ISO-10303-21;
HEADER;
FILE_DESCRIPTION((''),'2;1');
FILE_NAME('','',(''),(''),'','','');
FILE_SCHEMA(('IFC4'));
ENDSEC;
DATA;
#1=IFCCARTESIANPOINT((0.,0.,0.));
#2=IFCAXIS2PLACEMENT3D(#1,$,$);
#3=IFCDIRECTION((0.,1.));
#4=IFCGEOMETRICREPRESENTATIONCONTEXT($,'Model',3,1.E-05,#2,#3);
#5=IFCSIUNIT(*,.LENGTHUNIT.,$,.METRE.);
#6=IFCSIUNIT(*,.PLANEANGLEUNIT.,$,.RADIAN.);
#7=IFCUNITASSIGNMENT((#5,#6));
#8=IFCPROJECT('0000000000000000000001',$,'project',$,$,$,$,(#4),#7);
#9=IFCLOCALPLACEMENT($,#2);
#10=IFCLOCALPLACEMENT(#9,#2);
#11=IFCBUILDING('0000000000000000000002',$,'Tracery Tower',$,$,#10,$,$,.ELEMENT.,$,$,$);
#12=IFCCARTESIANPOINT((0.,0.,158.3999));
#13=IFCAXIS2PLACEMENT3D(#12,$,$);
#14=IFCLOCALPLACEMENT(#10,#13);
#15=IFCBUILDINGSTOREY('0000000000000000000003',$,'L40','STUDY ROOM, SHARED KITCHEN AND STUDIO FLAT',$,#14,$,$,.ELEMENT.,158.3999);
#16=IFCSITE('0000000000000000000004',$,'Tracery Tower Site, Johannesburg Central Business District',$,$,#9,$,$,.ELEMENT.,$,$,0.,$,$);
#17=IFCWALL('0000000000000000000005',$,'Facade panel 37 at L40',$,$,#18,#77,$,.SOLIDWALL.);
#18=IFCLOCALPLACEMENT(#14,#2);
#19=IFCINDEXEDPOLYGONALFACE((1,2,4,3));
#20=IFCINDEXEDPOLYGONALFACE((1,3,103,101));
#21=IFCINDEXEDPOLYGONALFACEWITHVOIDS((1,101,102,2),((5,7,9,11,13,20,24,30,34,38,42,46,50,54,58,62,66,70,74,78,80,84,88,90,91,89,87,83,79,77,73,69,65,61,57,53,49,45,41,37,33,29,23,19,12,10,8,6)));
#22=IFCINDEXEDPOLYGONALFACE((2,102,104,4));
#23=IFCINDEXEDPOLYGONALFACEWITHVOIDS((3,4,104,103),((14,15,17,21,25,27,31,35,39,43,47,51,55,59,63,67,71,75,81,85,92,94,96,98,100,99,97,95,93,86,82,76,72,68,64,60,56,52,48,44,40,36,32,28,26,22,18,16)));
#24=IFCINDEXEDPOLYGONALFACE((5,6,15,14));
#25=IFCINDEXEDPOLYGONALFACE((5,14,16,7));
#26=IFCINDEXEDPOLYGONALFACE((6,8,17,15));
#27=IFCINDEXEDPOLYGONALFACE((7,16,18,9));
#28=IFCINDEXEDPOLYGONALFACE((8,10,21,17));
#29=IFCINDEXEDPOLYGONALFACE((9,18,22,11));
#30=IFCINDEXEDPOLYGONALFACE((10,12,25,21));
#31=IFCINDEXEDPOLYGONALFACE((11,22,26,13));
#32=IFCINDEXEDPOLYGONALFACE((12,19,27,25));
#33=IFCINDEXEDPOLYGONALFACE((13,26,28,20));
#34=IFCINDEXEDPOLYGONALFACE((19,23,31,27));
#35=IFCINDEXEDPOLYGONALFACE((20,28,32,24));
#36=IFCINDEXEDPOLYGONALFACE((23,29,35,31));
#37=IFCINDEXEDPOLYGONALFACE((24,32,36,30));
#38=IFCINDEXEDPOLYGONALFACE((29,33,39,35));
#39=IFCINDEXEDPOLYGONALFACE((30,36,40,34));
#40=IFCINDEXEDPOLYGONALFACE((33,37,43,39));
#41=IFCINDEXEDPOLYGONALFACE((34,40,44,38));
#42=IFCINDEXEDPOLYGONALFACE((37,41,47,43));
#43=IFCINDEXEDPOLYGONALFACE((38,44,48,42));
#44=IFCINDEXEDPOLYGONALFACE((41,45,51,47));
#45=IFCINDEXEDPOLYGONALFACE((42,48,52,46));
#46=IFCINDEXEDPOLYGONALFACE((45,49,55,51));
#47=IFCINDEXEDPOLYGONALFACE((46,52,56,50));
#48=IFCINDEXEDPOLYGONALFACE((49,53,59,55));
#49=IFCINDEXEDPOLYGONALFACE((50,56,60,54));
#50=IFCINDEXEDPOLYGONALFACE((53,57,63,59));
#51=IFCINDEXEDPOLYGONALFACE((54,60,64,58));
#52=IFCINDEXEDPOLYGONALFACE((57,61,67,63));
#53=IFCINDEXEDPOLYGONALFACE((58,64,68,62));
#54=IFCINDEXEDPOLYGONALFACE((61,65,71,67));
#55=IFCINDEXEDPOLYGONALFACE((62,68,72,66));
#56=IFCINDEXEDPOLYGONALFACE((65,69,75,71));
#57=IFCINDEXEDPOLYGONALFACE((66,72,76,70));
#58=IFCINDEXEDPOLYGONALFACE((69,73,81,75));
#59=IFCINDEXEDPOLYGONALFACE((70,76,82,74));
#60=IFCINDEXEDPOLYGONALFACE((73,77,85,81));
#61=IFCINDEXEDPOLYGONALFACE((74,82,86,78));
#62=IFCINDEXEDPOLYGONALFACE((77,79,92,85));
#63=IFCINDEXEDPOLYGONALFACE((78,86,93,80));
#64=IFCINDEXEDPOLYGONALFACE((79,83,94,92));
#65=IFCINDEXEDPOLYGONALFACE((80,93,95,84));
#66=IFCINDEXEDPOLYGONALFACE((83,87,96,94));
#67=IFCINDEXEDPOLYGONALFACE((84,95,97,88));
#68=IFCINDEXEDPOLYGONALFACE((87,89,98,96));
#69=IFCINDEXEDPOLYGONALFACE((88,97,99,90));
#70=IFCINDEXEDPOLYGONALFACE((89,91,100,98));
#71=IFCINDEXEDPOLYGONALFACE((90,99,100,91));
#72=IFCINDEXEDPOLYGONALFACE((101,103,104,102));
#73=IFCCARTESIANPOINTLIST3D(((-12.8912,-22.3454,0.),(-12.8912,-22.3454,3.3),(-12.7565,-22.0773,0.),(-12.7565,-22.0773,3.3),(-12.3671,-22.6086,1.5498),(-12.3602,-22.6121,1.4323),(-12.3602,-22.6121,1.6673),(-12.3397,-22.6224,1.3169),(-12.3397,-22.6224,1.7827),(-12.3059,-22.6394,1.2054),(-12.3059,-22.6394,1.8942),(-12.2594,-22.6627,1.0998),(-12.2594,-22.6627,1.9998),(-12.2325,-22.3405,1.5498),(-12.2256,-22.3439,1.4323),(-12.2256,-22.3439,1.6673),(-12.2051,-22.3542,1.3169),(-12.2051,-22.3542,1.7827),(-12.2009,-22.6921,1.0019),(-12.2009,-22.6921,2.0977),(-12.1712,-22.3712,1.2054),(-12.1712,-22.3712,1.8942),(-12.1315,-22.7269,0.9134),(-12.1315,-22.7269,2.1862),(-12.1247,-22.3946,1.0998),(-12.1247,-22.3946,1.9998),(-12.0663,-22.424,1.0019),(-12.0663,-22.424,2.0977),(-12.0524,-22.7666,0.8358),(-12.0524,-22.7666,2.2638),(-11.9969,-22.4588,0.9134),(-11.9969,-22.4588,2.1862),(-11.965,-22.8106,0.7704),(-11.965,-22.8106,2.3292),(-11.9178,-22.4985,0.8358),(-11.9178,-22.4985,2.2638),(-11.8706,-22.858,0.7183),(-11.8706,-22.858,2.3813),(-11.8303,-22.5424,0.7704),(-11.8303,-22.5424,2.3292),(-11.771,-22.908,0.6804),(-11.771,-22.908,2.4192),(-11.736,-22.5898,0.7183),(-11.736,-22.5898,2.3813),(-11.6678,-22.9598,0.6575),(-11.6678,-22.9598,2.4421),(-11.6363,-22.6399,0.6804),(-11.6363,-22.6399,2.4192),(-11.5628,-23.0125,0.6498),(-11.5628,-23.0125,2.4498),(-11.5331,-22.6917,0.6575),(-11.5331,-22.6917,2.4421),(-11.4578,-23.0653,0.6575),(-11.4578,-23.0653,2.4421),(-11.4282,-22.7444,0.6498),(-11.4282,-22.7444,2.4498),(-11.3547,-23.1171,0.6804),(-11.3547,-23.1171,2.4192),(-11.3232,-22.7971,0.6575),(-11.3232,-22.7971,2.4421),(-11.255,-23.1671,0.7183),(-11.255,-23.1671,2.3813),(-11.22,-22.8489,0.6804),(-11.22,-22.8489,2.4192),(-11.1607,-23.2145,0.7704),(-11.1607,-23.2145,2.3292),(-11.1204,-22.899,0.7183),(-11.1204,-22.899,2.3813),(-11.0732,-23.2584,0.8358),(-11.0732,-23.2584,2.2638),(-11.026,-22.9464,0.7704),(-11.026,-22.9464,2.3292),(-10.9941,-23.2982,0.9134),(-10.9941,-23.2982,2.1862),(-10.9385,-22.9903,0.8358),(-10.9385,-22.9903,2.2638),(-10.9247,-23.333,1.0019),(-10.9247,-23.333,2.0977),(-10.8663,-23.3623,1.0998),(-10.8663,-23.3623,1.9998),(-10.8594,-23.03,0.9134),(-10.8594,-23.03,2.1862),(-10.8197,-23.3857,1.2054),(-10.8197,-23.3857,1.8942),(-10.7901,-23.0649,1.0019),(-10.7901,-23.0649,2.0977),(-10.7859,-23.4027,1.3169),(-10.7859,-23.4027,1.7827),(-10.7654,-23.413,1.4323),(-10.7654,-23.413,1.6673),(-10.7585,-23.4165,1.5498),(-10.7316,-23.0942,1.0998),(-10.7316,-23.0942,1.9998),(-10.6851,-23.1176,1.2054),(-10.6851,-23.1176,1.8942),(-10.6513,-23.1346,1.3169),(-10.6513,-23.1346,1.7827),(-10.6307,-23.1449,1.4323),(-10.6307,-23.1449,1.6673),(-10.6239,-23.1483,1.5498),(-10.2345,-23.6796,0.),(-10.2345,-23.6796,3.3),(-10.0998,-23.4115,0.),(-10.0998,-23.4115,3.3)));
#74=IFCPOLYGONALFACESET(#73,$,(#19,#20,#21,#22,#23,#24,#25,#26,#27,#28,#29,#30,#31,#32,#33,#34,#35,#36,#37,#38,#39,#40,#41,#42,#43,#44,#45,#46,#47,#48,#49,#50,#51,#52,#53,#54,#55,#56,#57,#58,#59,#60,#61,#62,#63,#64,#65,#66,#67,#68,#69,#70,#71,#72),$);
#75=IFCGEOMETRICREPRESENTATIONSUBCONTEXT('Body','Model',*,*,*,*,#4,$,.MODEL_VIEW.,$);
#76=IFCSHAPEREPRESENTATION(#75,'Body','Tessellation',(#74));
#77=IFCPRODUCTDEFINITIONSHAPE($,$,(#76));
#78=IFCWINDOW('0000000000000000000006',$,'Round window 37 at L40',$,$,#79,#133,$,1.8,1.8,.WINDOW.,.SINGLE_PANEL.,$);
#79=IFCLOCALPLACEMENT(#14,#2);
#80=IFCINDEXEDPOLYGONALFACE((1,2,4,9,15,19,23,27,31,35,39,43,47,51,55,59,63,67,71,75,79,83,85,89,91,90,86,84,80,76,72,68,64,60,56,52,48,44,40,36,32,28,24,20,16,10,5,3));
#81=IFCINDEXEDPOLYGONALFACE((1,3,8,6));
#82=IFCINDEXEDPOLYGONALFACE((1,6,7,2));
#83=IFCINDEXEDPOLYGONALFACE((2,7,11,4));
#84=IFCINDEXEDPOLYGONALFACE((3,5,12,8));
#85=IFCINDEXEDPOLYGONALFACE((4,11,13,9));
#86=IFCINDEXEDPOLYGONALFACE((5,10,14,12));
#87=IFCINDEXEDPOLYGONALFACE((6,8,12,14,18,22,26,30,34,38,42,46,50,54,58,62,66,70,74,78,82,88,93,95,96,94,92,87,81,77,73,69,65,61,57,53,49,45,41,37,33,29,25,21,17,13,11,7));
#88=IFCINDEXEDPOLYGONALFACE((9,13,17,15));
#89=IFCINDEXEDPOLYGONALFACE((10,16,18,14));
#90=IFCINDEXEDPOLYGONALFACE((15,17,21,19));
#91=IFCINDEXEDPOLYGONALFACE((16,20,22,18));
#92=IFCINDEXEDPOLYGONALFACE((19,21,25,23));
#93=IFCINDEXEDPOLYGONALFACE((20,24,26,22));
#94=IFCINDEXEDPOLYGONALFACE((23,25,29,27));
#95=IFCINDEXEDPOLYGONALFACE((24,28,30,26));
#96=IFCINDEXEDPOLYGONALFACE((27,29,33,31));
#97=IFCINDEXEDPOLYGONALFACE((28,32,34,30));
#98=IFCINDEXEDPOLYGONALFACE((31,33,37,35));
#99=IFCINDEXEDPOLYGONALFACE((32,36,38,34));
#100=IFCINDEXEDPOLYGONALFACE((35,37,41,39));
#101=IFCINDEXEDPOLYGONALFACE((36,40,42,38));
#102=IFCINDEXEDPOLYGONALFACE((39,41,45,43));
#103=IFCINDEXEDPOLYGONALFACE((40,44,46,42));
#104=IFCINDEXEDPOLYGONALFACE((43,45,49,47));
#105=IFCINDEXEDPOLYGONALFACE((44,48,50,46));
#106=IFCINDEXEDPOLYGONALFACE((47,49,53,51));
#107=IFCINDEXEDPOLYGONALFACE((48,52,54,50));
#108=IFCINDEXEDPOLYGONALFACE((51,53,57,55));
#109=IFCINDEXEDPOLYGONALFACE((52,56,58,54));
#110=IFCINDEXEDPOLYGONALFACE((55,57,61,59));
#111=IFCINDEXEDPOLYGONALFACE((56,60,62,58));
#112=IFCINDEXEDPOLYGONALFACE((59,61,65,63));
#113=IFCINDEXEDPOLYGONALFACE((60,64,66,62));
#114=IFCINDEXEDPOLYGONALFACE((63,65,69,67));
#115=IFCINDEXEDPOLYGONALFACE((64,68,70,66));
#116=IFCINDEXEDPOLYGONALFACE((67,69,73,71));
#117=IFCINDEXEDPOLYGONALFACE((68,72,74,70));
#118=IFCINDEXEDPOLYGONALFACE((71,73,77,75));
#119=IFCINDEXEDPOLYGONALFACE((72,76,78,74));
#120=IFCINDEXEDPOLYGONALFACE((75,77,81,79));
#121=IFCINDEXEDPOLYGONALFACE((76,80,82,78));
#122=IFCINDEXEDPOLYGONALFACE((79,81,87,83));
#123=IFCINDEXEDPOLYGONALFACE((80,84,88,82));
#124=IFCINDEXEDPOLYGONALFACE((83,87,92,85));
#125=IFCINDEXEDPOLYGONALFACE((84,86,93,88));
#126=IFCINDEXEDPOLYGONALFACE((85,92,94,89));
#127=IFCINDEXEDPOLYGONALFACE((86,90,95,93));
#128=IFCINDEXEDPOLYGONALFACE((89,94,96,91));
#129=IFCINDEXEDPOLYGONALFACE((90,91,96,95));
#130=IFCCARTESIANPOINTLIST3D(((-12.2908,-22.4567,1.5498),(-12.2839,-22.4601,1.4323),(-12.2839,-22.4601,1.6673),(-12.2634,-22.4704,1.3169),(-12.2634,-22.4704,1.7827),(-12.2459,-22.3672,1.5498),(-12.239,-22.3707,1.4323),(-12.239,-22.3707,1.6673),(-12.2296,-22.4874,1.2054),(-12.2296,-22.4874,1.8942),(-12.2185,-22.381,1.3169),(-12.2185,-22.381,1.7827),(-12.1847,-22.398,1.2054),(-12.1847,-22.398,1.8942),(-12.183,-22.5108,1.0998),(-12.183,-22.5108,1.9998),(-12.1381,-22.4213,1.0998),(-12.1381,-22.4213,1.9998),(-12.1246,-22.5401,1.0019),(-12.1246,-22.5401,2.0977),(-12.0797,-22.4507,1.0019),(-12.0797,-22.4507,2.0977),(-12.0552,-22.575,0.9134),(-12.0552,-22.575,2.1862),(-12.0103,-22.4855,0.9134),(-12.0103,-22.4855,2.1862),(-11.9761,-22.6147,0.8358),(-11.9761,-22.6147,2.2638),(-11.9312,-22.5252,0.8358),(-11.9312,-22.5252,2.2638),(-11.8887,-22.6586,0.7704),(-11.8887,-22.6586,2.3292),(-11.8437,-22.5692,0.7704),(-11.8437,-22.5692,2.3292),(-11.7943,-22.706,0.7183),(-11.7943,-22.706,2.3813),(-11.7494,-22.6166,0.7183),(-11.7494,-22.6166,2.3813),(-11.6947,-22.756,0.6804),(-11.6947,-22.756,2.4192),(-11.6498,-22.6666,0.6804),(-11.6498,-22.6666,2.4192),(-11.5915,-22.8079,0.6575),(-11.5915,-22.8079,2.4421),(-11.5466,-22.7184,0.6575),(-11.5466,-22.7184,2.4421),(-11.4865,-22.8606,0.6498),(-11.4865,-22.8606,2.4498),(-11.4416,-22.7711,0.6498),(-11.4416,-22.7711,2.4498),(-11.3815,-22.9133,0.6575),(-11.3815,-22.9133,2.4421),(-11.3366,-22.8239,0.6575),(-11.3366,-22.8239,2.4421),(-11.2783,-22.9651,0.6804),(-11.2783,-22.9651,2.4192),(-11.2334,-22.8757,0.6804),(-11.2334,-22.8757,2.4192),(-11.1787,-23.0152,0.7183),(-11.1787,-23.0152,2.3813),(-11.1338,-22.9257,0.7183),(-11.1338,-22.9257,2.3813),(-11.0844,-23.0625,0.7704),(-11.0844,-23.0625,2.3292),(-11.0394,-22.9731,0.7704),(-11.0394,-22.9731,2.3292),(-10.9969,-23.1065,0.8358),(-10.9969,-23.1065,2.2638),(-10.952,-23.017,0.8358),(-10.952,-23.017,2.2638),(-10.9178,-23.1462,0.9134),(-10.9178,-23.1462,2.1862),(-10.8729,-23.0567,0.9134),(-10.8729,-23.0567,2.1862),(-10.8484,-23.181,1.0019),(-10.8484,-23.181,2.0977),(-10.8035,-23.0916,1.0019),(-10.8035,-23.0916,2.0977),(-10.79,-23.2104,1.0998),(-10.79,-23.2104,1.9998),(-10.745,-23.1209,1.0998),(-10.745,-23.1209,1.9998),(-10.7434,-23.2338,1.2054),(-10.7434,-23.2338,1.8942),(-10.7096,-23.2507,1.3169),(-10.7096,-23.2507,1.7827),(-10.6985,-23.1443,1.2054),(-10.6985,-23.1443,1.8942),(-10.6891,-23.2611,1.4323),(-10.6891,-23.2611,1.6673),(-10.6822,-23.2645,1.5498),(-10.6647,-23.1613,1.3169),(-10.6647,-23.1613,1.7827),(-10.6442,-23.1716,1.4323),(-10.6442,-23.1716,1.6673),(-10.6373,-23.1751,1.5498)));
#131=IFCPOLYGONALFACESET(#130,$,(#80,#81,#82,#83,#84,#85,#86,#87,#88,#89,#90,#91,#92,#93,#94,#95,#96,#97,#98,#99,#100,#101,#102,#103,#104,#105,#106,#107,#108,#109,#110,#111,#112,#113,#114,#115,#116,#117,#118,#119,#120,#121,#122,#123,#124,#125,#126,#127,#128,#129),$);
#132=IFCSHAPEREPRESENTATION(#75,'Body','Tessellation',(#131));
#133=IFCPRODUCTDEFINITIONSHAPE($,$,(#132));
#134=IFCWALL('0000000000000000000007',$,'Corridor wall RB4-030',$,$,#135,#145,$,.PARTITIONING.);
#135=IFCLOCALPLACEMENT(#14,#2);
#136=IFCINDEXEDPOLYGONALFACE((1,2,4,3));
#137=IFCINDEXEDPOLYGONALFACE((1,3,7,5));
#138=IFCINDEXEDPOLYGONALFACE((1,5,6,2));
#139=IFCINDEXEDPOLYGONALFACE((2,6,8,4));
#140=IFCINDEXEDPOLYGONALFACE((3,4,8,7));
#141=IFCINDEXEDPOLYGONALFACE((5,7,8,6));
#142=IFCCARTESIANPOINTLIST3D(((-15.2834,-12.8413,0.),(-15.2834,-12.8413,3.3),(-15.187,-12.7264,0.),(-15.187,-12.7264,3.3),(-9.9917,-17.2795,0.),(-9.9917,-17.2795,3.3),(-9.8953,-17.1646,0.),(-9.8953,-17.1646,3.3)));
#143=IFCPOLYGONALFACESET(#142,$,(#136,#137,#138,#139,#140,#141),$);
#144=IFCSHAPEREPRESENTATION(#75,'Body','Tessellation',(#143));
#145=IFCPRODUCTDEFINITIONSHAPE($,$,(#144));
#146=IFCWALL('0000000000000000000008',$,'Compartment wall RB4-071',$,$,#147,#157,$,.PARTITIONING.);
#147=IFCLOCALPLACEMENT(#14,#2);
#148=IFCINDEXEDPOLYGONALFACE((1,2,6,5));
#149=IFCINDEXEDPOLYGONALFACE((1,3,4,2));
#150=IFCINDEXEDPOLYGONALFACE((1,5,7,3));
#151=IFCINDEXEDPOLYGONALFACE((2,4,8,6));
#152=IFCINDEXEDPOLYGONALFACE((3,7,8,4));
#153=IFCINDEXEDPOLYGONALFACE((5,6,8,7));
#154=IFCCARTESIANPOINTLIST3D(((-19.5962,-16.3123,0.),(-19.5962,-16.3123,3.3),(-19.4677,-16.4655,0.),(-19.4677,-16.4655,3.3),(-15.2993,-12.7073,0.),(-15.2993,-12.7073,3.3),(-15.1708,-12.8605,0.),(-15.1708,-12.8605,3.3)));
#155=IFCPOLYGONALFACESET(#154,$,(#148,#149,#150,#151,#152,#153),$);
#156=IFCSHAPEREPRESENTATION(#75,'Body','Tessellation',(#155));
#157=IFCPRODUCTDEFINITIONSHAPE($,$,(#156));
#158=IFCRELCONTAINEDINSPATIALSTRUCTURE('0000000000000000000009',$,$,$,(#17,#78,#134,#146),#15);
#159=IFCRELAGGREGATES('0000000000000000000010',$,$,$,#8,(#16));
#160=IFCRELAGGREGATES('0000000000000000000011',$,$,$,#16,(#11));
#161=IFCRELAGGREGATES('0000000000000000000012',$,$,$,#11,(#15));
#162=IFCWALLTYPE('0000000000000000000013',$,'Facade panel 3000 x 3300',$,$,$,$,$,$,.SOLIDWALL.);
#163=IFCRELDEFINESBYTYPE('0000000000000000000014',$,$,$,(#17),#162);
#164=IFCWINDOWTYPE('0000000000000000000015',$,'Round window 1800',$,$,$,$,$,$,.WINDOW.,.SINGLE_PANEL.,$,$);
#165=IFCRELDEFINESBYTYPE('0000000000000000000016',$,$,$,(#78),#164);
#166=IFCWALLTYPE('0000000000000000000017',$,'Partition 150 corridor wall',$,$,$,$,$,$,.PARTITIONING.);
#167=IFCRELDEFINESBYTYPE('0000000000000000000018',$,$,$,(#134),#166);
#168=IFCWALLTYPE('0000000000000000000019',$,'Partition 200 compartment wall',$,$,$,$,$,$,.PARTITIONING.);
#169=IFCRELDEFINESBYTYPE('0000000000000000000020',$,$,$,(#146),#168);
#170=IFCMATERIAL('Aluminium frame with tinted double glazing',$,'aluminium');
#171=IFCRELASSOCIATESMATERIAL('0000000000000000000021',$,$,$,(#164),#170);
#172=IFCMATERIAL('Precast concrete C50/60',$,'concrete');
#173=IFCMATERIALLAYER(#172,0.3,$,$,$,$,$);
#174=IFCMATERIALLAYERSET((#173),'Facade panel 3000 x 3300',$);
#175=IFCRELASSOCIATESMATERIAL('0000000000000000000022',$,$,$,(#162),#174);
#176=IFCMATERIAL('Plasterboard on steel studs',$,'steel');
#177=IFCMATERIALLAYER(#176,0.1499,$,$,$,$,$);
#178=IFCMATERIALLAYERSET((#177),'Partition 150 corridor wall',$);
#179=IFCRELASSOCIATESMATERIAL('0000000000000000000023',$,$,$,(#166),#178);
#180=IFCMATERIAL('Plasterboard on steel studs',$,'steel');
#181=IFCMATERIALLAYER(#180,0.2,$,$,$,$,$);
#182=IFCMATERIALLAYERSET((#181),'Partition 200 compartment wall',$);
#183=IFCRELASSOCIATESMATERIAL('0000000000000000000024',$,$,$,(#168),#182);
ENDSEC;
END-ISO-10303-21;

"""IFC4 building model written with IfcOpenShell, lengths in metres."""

from ifc_helpers import new_model, si_unit, direction, frame, frame_2d, origin, origin_2d, place, context, subcontext, project, spatial, rectangle, circle, extrude, material, layer, layer_set, type_object, element, fill, save


model = new_model("IFC4")

# Units and contexts
model_context = context("Model", 3, precision=1e-05, world=origin(), true_north=direction((0.0, 1.0)))
body_context = subcontext(model_context, "Body", "Model", "MODEL_VIEW")
ifc_project = project(units=[si_unit("LENGTHUNIT", "METRE"), si_unit("PLANEANGLEUNIT", "RADIAN")], contexts=[model_context])

# Site, building, storey
site_placement = place(None, origin())
site = spatial("IfcSite", under=ifc_project, at=site_placement, Name="Tracery Tower Site, Johannesburg Central Business District", CompositionType="ELEMENT", RefElevation=0.0)
building_placement = place(site_placement, origin())
building = spatial("IfcBuilding", under=site, at=building_placement, Name="Tracery Tower", CompositionType="ELEMENT")
storey_placement = place(building_placement, frame((0.0, 0.0, 158.3999)))
storey = spatial("IfcBuildingStorey", under=building, at=storey_placement, Name="L40", Description="STUDY ROOM, SHARED KITCHEN AND STUDIO FLAT", CompositionType="ELEMENT", Elevation=158.3999)

# Wall, opening, window
ifc_material_1 = material(Name="Aluminium frame with tinted double glazing", Category="aluminium")
window_type = type_object("IfcWindowType", Name="Round window 1800", PartitioningType="SINGLE_PANEL", PredefinedType="WINDOW", material=ifc_material_1)
ifc_material_2 = material(Name="Precast concrete C50/60", Category="concrete")
ifc_layer_1 = layer(ifc_material_2, 0.3)
ifc_layer_set_1 = layer_set([ifc_layer_1], Name="Facade panel 3000 x 3300")
wall_type_1 = type_object("IfcWallType", Name="Facade panel 3000 x 3300", PredefinedType="SOLIDWALL", material=ifc_layer_set_1)
wall_1_placement = place(storey_placement, frame((-12.8237, -22.2114, 0.0), z_axis=(0.0, 0.0, 1.0), x_axis=(0.893637, -0.44879, 0.0)))
wall_1 = element("IfcWall", 1, at=wall_1_placement, inside=storey, type_object=wall_type_1, Name="Facade panel 37 at L40", PredefinedType="SOLIDWALL", context=body_context, shape_type="SweptSolid", body=[
    extrude(rectangle(XDim=2.9729, YDim=0.3, at=frame_2d((1.4863, 0.0))), origin(), (0.0, 0.0, 1.0), 3.3),
])
opening_1_placement = place(wall_1_placement, frame((1.4863, 0.0, 1.5498)))
opening_1 = element("IfcOpeningElement", 2, at=opening_1_placement, cuts=wall_1, PredefinedType="OPENING", context=body_context, shape_type="SweptSolid", body=[
    extrude(circle(Radius=0.9, at=origin_2d()), frame((0.0, 0.1599, 0.0), z_axis=(0.0, -1.0, 0.0), x_axis=(1.0, 0.0, 0.0)), (0.0, 0.0, 1.0), 0.3201),
])
window_1_placement = place(opening_1_placement, origin())
window_1 = element("IfcWindow", 3, at=window_1_placement, inside=storey, type_object=window_type, Name="Round window 37 at L40", OverallHeight=1.8, OverallWidth=1.8, PartitioningType="SINGLE_PANEL", PredefinedType="WINDOW", context=body_context, shape_type="SweptSolid", body=[
    extrude(circle(Radius=0.9, at=origin_2d()), frame((0.0, 0.1201, 0.0), z_axis=(0.0, -1.0, 0.0), x_axis=(1.0, 0.0, 0.0)), (0.0, 0.0, 1.0), 0.1001),
])
fill(opening_1, window_1)

# Walls
ifc_material_3 = material(Name="Plasterboard on steel studs", Category="steel")
ifc_layer_2 = layer(ifc_material_3, 0.1499)
ifc_layer_set_2 = layer_set([ifc_layer_2], Name="Partition 150 corridor wall")
wall_type_2 = type_object("IfcWallType", Name="Partition 150 corridor wall", PredefinedType="PARTITIONING", material=ifc_layer_set_2)
wall_2_placement = place(storey_placement, frame((-15.2351, -12.7839, 0.0), z_axis=(0.0, 0.0, 1.0), x_axis=(0.766192, -0.642612, 0.0)))
element("IfcWall", 4, at=wall_2_placement, inside=storey, type_object=wall_type_2, Name="Corridor wall RB4-030", PredefinedType="PARTITIONING", context=body_context, shape_type="SweptSolid", body=[
    extrude(rectangle(XDim=6.9065, YDim=0.1499, at=frame_2d((3.4531, 0.0))), origin(), (0.0, 0.0, 1.0), 3.3),
])
ifc_material_4 = material(Name="Plasterboard on steel studs", Category="steel")
ifc_layer_3 = layer(ifc_material_4, 0.2)
ifc_layer_set_3 = layer_set([ifc_layer_3], Name="Partition 200 compartment wall")
wall_type_3 = type_object("IfcWallType", Name="Partition 200 compartment wall", PredefinedType="PARTITIONING", material=ifc_layer_set_3)
wall_3_placement = place(storey_placement, frame((-19.532, -16.3889, 0.0), z_axis=(0.0, 0.0, 1.0), x_axis=(0.766091, 0.642733, 0.0)))
element("IfcWall", 5, at=wall_3_placement, inside=storey, type_object=wall_type_3, Name="Compartment wall RB4-071", PredefinedType="PARTITIONING", context=body_context, shape_type="SweptSolid", body=[
    extrude(rectangle(XDim=5.6089, YDim=0.2, at=frame_2d((2.8044, 0.0))), origin(), (0.0, 0.0, 1.0), 3.3),
])

save(model, "model.ifc")
